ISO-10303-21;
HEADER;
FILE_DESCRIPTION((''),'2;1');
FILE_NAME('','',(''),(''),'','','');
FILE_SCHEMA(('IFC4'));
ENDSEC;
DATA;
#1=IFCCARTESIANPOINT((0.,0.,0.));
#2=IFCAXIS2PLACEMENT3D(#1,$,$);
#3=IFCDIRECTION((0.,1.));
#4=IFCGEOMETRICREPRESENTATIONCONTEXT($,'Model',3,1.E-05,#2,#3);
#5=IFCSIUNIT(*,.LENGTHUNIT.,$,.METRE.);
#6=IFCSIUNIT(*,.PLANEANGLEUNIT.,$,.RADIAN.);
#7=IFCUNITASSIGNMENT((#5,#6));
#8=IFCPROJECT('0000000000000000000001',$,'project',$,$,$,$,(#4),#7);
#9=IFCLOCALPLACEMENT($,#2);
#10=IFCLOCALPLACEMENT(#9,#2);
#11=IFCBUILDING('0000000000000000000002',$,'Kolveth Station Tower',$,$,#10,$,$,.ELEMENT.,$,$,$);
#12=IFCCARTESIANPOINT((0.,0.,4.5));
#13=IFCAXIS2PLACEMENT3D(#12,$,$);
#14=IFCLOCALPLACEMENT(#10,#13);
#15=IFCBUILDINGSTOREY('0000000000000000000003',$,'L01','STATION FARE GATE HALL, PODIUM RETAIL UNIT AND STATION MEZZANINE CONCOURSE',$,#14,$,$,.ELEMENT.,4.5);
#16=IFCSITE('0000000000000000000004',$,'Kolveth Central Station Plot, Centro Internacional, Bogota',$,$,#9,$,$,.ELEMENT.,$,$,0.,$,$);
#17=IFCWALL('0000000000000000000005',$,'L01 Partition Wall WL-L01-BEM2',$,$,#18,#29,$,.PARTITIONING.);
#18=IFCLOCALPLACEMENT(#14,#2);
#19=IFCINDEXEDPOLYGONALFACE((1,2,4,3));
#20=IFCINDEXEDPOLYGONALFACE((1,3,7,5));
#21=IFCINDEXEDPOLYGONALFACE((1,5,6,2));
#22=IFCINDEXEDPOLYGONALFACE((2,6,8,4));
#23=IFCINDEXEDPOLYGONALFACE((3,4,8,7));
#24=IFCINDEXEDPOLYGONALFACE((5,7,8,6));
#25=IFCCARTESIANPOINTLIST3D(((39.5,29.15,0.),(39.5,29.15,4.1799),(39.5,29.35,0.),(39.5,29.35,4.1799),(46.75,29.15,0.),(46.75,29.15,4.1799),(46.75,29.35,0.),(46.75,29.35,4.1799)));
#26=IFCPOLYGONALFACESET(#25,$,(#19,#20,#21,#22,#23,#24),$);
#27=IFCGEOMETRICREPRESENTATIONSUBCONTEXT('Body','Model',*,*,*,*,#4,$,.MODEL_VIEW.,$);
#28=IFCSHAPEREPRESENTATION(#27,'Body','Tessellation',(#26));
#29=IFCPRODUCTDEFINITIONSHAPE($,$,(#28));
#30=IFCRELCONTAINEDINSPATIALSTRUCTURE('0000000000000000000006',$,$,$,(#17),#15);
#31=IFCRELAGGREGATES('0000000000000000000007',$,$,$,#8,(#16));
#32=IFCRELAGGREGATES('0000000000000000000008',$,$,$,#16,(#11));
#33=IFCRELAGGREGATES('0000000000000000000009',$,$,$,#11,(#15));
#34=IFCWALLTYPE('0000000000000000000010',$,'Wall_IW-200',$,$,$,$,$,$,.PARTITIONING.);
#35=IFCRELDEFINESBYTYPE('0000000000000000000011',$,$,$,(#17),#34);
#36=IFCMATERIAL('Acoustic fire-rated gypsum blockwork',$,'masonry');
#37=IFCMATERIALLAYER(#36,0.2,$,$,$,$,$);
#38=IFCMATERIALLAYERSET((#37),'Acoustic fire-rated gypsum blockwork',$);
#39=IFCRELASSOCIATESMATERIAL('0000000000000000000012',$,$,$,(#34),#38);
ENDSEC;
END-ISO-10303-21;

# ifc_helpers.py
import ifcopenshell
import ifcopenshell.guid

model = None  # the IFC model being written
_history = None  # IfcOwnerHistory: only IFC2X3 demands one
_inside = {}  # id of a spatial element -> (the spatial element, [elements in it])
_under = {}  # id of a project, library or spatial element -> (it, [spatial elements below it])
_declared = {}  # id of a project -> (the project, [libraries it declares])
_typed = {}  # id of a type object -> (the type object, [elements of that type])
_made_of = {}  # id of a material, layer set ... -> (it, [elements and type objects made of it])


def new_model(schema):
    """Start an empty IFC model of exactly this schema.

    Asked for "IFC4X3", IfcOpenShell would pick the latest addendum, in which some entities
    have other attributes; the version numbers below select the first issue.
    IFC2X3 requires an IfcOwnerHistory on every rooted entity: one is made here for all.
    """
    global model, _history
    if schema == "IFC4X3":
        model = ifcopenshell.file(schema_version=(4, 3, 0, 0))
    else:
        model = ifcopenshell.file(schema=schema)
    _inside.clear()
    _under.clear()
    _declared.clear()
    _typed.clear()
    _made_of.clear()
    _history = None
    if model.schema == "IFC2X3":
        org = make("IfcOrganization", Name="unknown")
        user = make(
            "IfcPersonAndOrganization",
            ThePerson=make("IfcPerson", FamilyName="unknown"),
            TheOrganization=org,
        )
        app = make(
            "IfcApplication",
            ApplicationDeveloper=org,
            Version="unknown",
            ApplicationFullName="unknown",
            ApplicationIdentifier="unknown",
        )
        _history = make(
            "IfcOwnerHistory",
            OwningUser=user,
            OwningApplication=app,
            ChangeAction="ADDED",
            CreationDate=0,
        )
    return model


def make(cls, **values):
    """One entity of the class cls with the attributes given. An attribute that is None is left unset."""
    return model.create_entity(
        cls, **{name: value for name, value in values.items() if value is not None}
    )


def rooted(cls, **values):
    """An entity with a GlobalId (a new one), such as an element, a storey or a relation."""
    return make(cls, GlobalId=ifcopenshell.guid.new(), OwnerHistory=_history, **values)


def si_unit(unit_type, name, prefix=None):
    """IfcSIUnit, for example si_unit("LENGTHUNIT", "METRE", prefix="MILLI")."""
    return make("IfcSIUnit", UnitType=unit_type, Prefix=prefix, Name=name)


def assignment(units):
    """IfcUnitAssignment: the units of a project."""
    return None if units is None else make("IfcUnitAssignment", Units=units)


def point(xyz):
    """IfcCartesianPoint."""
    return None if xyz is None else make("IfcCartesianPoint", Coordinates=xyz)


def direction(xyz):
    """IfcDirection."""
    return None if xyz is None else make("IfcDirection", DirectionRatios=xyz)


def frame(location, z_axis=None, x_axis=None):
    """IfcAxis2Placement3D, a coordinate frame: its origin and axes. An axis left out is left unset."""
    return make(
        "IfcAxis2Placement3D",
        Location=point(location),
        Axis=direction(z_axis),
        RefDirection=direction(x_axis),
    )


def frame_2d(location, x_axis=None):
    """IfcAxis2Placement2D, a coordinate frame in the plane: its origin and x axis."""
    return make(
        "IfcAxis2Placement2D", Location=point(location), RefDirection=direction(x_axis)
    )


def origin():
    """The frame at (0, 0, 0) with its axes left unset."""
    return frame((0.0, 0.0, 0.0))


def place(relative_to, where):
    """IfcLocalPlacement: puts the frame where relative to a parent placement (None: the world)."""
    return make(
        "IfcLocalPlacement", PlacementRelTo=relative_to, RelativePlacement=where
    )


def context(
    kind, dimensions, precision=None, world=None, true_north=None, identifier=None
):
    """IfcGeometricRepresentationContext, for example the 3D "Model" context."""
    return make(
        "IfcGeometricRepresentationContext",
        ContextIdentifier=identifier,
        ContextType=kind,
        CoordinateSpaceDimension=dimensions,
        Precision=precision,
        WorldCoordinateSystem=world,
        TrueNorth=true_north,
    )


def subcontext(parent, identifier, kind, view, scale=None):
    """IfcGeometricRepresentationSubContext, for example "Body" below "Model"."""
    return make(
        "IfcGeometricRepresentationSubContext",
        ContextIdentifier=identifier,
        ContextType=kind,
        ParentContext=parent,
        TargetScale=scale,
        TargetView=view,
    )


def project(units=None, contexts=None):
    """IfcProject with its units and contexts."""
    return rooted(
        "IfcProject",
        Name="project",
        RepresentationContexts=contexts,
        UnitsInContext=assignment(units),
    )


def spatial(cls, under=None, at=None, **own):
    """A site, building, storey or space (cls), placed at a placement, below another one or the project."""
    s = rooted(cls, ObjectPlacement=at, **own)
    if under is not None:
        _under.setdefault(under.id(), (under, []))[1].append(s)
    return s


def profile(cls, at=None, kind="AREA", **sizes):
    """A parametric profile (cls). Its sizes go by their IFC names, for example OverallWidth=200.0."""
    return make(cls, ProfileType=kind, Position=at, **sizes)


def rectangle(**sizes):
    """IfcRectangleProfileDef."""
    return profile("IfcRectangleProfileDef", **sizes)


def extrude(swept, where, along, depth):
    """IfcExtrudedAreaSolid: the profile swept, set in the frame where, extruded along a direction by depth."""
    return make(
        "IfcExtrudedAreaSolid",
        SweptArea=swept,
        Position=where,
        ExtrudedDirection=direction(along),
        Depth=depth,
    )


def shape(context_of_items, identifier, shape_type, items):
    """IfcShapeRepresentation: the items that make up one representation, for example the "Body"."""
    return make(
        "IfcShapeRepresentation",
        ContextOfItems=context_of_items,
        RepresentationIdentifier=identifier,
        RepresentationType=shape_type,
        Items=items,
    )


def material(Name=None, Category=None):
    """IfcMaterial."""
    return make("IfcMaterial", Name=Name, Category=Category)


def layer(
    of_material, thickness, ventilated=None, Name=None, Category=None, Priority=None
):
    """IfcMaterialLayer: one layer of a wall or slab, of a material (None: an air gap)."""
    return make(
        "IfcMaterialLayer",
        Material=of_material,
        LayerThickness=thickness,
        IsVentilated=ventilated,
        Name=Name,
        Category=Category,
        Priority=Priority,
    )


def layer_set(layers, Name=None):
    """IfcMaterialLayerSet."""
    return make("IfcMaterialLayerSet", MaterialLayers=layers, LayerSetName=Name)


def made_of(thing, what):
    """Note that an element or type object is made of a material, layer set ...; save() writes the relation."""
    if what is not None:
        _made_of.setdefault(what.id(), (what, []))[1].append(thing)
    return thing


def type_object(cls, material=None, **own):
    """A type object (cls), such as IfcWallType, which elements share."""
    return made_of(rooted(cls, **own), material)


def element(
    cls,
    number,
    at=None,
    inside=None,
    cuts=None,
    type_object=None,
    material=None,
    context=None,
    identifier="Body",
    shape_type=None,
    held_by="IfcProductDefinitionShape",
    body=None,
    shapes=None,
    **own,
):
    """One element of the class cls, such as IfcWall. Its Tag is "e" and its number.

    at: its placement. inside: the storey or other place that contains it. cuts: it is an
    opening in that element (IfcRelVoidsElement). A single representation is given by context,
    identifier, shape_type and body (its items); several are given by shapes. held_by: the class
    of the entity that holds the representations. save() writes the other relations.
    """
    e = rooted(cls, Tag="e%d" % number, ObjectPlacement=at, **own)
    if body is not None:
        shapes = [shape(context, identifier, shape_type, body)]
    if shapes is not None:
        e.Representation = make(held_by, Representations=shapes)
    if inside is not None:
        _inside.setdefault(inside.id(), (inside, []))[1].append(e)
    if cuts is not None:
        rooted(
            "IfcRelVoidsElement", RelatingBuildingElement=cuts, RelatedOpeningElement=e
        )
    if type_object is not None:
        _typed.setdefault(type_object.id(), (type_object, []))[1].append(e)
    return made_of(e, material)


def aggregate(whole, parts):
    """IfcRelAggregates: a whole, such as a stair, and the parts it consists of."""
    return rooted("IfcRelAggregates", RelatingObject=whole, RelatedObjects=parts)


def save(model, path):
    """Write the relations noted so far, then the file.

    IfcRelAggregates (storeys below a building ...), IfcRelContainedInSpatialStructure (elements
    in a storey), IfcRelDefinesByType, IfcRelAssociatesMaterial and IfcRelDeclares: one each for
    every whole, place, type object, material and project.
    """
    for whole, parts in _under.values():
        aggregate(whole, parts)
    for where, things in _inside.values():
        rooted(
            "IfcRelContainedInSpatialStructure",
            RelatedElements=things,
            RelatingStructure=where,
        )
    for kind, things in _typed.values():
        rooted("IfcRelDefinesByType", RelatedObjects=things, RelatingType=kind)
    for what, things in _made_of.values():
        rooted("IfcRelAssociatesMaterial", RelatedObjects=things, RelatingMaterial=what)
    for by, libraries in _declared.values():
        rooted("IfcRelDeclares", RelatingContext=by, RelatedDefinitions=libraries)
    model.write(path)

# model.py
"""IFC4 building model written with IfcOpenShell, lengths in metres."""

from ifc_helpers import new_model, si_unit, direction, frame, frame_2d, origin, place, context, subcontext, project, spatial, rectangle, extrude, material, layer, layer_set, type_object, element, save


model = new_model("IFC4")

# Units and contexts
model_context = context("Model", 3, precision=1e-05, world=origin(), true_north=direction((0.0, 1.0)))
body_context = subcontext(model_context, "Body", "Model", "MODEL_VIEW")
ifc_project = project(units=[si_unit("LENGTHUNIT", "METRE"), si_unit("PLANEANGLEUNIT", "RADIAN")], contexts=[model_context])

# Site, building, storey
site_placement = place(None, origin())
site = spatial("IfcSite", under=ifc_project, at=site_placement, Name="Kolveth Central Station Plot, Centro Internacional, Bogota", CompositionType="ELEMENT", RefElevation=0.0)
building_placement = place(site_placement, origin())
building = spatial("IfcBuilding", under=site, at=building_placement, Name="Kolveth Station Tower", CompositionType="ELEMENT")
storey_placement = place(building_placement, frame((0.0, 0.0, 4.5)))
storey = spatial("IfcBuildingStorey", under=building, at=storey_placement, Name="L01", Description="STATION FARE GATE HALL, PODIUM RETAIL UNIT AND STATION MEZZANINE CONCOURSE", CompositionType="ELEMENT", Elevation=4.5)

# Shared definitions
ifc_material_1 = material(Name="Acoustic fire-rated gypsum blockwork", Category="masonry")
ifc_layer_1 = layer(ifc_material_1, 0.2)
ifc_layer_set_1 = layer_set([ifc_layer_1], Name="Acoustic fire-rated gypsum blockwork")
wall_type_1 = type_object("IfcWallType", Name="Wall_IW-200", PredefinedType="PARTITIONING", material=ifc_layer_set_1)

# Wall
wall_1_placement = place(storey_placement, frame((39.5, 29.25, 0.0), z_axis=(0.0, 0.0, 1.0), x_axis=(1.0, 0.0, 0.0)))
element("IfcWall", 1, at=wall_1_placement, inside=storey, type_object=wall_type_1, Name="L01 Partition Wall WL-L01-BEM2", PredefinedType="PARTITIONING", context=body_context, shape_type="SweptSolid", body=[
    extrude(rectangle(XDim=7.25, YDim=0.2, at=frame_2d((3.625, 0.0))), origin(), (0.0, 0.0, 1.0), 4.1799),
])

save(model, "model.ifc")
